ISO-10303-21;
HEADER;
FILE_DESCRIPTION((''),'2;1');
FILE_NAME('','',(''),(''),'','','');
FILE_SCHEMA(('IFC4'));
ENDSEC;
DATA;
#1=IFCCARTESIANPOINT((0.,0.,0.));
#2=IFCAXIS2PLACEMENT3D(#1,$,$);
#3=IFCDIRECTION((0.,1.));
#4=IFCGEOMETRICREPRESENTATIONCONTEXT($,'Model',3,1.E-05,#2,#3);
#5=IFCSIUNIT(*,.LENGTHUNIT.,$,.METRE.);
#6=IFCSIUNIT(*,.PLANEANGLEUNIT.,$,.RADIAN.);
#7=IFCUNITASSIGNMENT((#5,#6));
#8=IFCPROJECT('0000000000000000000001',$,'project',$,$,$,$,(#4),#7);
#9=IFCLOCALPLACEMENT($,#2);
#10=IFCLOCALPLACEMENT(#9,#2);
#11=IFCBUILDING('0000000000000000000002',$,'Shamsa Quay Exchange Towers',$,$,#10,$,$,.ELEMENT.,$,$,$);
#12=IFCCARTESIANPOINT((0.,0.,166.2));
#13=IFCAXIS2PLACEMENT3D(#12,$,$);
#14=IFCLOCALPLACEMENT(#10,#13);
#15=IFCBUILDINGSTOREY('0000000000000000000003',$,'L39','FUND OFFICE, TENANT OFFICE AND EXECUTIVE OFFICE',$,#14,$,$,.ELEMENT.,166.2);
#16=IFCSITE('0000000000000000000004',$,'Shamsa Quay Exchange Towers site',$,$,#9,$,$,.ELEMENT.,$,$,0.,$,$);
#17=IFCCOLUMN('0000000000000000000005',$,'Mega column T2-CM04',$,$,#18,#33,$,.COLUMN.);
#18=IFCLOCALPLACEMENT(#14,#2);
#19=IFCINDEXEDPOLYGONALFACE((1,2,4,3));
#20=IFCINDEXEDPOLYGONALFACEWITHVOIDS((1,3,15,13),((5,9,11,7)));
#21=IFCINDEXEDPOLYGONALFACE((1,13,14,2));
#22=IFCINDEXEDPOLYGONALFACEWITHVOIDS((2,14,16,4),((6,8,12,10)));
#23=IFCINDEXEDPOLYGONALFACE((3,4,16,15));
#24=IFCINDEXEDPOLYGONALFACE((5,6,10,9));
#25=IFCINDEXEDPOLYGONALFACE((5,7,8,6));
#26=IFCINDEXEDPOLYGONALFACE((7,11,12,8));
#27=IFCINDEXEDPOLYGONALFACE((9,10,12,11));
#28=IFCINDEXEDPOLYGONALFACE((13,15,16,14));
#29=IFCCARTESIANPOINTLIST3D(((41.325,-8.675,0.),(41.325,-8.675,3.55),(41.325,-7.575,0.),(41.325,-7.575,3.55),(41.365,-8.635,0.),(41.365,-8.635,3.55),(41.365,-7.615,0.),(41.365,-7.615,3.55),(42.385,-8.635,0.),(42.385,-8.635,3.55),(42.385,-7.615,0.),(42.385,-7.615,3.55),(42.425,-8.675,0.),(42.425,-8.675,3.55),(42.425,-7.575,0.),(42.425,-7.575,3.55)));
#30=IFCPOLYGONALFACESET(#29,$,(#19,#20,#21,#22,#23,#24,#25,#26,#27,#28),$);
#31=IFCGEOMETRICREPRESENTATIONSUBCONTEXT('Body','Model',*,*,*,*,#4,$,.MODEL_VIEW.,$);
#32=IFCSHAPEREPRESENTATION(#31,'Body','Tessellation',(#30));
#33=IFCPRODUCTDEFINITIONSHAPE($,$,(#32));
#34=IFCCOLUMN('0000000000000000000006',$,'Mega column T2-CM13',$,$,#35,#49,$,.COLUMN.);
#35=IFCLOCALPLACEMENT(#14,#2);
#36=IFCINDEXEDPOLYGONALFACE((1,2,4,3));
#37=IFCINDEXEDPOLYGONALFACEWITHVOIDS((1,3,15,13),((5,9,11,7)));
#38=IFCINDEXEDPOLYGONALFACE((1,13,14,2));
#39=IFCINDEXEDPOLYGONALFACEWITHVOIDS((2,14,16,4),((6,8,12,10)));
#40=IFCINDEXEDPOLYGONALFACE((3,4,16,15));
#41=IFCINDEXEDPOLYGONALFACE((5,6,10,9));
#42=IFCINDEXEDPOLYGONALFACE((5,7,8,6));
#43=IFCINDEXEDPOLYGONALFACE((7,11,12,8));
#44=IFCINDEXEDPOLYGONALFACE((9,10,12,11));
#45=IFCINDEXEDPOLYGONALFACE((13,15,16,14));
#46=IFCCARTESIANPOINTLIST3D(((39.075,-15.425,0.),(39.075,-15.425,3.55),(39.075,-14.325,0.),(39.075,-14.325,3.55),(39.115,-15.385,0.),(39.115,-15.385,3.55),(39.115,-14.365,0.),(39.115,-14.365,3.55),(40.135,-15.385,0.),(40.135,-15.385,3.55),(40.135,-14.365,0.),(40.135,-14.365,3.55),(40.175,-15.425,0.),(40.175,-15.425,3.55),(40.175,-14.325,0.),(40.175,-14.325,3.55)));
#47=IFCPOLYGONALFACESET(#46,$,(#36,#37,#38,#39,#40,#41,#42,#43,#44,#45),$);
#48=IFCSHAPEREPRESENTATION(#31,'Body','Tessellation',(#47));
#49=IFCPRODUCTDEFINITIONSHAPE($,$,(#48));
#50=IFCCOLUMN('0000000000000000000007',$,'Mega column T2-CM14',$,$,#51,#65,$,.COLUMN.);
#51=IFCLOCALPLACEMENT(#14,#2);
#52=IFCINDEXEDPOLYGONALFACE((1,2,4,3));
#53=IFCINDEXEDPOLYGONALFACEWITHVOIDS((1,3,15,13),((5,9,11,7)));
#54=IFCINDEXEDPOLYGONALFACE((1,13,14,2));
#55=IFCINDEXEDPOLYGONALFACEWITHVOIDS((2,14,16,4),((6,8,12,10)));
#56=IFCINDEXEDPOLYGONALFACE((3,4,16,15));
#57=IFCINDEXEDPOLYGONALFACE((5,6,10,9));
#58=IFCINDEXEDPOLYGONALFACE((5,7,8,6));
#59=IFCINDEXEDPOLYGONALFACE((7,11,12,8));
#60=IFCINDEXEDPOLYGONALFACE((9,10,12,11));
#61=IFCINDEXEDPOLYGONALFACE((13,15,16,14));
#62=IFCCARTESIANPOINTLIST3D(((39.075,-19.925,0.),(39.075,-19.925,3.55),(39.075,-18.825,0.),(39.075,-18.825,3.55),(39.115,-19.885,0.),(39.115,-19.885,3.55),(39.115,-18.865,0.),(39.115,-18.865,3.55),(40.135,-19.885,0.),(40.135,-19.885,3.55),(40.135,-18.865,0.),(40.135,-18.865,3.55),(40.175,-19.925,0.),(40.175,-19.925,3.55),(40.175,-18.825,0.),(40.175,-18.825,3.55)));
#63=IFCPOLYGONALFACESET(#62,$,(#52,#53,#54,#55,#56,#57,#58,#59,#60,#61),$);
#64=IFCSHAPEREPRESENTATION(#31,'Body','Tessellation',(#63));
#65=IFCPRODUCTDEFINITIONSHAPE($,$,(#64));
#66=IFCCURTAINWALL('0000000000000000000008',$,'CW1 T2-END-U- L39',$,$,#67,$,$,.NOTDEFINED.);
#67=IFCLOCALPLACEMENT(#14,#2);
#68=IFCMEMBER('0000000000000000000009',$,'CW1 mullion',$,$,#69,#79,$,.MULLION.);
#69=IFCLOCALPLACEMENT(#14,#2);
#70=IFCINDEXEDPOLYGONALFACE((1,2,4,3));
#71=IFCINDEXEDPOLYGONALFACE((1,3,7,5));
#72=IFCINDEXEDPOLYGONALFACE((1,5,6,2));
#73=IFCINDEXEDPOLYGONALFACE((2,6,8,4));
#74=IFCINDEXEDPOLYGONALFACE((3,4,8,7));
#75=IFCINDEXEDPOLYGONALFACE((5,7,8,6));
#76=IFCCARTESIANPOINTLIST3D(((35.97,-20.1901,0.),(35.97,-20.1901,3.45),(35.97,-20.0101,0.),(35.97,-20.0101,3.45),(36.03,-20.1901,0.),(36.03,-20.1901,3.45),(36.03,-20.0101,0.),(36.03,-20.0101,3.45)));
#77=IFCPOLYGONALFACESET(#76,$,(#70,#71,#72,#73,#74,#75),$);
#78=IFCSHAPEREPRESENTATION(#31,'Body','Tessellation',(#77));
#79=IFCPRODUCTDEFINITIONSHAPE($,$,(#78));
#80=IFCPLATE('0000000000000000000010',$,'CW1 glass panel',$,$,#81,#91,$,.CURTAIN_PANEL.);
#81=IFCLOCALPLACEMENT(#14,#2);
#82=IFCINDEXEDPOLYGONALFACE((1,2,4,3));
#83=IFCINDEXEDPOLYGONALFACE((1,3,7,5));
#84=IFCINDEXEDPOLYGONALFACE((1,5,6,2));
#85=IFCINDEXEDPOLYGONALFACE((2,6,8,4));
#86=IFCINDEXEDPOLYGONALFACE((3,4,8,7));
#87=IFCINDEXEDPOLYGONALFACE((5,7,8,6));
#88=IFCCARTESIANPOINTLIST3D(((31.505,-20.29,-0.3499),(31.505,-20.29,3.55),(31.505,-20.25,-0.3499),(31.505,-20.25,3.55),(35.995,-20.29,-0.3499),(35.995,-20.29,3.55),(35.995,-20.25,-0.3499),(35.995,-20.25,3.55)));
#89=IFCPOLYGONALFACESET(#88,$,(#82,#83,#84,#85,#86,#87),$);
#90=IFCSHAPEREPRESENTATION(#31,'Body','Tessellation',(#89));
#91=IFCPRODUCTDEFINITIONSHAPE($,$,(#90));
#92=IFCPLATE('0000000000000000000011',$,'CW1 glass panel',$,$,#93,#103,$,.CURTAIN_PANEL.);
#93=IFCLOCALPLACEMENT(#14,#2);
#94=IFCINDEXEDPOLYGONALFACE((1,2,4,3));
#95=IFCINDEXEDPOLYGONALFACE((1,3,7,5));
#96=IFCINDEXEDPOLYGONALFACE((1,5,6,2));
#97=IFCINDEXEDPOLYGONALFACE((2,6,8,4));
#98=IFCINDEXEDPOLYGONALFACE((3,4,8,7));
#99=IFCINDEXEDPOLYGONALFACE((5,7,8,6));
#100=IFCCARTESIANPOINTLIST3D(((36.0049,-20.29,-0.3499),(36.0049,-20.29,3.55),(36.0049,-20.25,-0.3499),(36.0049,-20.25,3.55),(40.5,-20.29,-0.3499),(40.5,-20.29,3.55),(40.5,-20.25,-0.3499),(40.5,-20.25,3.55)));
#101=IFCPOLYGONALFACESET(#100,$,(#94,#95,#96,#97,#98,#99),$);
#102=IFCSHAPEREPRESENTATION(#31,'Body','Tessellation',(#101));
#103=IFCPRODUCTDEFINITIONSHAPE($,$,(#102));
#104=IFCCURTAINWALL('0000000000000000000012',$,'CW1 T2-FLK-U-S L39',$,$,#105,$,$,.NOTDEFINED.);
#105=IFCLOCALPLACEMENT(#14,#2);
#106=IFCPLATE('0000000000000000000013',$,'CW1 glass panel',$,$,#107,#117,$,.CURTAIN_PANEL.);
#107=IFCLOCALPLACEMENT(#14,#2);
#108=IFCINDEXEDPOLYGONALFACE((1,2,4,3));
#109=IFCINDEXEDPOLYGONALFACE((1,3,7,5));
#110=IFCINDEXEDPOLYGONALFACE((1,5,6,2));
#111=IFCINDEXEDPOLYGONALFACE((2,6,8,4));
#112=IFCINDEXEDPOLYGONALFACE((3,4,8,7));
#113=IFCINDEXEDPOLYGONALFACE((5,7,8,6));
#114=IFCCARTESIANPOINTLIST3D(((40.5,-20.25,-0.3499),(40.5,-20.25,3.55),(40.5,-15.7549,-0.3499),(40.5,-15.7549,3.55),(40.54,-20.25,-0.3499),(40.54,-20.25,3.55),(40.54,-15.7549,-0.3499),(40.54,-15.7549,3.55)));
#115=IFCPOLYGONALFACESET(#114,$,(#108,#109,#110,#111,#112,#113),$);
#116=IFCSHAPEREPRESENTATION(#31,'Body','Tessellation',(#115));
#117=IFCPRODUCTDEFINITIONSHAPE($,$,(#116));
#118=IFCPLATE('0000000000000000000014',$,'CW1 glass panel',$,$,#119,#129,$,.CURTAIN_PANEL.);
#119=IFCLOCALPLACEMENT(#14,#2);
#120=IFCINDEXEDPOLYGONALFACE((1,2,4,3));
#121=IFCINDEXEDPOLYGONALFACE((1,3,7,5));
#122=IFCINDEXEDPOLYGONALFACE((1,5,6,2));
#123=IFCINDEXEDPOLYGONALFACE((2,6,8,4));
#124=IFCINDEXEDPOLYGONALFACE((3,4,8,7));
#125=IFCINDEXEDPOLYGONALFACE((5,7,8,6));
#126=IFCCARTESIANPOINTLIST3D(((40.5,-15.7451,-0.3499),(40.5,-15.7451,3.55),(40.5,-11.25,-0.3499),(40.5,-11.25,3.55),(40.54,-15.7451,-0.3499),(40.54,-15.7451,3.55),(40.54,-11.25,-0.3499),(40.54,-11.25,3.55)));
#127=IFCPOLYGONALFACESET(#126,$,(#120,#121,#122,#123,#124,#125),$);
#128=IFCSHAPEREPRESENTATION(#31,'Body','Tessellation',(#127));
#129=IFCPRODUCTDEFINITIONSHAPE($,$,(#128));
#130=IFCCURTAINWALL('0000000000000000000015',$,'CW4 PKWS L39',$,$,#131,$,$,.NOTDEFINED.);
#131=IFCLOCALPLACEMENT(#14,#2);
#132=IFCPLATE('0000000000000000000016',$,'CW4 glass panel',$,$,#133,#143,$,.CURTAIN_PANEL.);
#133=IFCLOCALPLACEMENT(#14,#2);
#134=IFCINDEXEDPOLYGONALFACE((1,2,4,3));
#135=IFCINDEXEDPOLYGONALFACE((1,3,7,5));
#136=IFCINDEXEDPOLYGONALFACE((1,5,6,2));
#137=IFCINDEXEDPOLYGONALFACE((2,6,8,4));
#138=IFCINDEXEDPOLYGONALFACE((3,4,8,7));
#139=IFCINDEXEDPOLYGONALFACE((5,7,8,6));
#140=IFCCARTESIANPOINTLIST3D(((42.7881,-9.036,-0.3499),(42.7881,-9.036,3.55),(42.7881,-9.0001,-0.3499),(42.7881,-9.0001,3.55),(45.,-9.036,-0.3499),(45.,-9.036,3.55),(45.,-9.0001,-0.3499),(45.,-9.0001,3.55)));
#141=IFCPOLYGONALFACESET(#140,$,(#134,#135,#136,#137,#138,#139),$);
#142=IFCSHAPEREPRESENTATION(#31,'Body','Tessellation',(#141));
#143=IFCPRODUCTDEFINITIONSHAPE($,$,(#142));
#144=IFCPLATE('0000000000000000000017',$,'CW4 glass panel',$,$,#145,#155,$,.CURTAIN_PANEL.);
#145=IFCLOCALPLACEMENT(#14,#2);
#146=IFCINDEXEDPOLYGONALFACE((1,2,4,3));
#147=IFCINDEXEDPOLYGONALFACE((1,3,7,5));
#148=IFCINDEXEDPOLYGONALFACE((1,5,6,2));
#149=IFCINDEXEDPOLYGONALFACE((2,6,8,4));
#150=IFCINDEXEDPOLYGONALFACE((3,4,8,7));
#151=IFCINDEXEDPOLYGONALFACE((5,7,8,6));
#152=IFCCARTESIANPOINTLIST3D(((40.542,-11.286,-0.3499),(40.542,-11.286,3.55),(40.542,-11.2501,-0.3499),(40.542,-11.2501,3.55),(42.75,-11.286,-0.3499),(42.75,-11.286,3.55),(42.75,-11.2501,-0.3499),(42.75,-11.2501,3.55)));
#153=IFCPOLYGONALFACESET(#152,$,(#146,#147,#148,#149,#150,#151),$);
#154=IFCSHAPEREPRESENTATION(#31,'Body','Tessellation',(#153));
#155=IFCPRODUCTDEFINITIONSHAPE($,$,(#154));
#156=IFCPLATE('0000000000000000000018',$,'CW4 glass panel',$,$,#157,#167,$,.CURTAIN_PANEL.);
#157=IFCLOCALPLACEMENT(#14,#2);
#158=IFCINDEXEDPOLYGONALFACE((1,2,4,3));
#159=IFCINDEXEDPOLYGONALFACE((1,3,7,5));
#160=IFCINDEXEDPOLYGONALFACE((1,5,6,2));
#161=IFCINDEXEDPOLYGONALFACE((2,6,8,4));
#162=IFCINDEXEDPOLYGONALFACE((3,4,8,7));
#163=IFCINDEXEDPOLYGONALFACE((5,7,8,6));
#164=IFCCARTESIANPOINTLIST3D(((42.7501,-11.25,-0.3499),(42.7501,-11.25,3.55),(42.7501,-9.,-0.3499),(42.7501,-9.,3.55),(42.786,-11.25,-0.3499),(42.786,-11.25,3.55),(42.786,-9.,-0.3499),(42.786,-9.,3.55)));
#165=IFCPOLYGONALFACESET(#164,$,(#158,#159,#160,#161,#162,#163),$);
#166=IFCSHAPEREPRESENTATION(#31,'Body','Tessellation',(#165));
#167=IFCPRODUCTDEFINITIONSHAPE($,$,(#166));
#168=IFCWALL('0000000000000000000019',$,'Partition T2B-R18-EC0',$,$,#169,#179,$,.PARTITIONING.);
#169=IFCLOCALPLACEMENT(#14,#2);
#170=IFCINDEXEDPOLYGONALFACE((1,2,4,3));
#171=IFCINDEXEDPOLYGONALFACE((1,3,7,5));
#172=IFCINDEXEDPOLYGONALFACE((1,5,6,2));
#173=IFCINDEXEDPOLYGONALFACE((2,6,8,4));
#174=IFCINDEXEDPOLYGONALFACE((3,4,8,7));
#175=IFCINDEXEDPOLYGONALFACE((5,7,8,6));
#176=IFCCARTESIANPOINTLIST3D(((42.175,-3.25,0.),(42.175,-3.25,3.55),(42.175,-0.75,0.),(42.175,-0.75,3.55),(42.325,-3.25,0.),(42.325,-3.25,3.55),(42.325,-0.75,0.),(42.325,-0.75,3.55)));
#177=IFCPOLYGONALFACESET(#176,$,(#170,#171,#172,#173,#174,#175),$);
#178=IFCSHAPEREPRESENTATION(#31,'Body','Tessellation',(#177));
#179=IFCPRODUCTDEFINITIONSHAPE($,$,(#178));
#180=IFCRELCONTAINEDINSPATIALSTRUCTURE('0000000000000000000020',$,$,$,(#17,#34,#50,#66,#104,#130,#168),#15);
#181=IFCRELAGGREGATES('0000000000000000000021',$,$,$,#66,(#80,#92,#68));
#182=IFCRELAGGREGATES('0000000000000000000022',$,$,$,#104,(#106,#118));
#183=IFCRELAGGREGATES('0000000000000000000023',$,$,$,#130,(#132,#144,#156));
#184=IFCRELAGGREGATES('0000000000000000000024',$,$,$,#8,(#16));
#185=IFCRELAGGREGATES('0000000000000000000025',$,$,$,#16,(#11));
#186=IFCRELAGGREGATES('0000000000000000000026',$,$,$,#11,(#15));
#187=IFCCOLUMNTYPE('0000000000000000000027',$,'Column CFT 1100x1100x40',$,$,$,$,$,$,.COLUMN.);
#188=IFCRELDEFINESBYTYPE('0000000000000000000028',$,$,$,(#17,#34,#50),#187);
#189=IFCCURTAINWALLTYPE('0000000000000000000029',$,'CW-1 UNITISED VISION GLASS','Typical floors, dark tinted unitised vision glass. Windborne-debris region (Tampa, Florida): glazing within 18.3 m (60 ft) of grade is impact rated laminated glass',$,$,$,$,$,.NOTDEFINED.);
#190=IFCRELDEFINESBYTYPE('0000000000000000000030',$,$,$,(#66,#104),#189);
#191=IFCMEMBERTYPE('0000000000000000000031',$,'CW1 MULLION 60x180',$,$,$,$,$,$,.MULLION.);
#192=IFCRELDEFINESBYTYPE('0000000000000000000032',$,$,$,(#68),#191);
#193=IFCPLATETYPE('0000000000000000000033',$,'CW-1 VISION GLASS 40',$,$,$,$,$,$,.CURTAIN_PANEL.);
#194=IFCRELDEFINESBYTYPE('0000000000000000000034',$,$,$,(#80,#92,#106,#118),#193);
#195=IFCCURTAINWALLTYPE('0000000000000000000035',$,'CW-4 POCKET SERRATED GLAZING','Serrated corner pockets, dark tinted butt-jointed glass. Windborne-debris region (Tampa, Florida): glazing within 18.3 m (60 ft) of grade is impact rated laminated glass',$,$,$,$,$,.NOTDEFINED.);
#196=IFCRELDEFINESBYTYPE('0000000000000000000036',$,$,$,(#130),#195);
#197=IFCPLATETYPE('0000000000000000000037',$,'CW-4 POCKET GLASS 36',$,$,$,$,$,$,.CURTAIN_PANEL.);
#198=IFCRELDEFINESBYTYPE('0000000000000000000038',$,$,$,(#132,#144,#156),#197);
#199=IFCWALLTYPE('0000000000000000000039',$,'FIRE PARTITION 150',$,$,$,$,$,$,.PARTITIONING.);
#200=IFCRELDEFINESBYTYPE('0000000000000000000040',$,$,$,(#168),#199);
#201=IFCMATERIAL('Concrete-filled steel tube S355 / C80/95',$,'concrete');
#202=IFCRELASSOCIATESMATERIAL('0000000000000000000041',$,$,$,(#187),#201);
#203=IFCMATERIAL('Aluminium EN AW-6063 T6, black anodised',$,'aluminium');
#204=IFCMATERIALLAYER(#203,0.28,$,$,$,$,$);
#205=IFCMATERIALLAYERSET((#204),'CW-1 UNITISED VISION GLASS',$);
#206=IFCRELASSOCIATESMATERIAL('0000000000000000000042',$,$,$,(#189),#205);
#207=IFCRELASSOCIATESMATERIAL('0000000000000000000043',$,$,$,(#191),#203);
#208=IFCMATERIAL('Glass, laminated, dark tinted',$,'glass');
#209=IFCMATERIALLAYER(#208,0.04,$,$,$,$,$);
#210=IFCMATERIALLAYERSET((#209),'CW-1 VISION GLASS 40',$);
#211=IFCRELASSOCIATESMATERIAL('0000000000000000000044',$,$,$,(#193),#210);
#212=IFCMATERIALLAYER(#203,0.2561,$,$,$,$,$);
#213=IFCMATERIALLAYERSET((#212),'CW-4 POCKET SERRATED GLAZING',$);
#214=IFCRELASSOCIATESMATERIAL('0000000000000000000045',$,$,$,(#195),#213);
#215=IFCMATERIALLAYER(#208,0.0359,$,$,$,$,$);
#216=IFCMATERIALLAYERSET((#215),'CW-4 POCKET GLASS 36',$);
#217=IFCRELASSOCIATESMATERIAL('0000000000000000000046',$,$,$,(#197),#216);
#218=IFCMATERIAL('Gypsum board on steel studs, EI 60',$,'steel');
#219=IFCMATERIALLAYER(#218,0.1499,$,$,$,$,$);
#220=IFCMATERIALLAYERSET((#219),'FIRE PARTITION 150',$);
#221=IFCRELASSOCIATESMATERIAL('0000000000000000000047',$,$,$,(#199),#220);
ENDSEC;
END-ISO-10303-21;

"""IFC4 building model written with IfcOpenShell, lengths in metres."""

from ifc_helpers import new_model, si_unit, direction, frame, frame_2d, origin, origin_2d, place, context, subcontext, project, spatial, rectangle, hollow_rectangle, extrude, material, layer, layer_set, material_profile, profile_set, type_object, element, aggregate, save


model = new_model("IFC4")

# Units and contexts
model_context = context("Model", 3, precision=1e-05, world=origin(), true_north=direction((0.0, 1.0)))
body_context = subcontext(model_context, "Body", "Model", "MODEL_VIEW")
ifc_project = project(units=[si_unit("LENGTHUNIT", "METRE"), si_unit("PLANEANGLEUNIT", "RADIAN")], contexts=[model_context])

# Site, building, storey
site_placement = place(None, origin())
site = spatial("IfcSite", under=ifc_project, at=site_placement, Name="Shamsa Quay Exchange Towers site", CompositionType="ELEMENT", RefElevation=0.0)
building_placement = place(site_placement, origin())
building = spatial("IfcBuilding", under=site, at=building_placement, Name="Shamsa Quay Exchange Towers", CompositionType="ELEMENT")
storey_placement = place(building_placement, frame((0.0, 0.0, 166.2)))
storey = spatial("IfcBuildingStorey", under=building, at=storey_placement, Name="L39", Description="FUND OFFICE, TENANT OFFICE AND EXECUTIVE OFFICE", CompositionType="ELEMENT", Elevation=166.2)

# Columns
ifc_material_1 = material(Name="Concrete-filled steel tube S355 / C80/95", Category="concrete")
ifc_material_profile_1 = material_profile(ifc_material_1, hollow_rectangle(XDim=1.1001, YDim=1.1001, WallThickness=0.04, at=origin_2d()), Name="CFT 1100x1100x40")
ifc_profile_set_1 = profile_set([ifc_material_profile_1], Name="Concrete-filled steel tube S355 / C80/95")
column_type = type_object("IfcColumnType", Name="Column CFT 1100x1100x40", PredefinedType="COLUMN", material=ifc_profile_set_1)
for number, where, name in (
    (1, (41.875, -8.125, 0.0), "Mega column T2-CM04"),
    (2, (39.625, -14.875, 0.0), "Mega column T2-CM13"),
    (3, (39.625, -19.375, 0.0), "Mega column T2-CM14"),
):
    element("IfcColumn", number, at=place(storey_placement, frame(where)), inside=storey, type_object=column_type, Name=name, PredefinedType="COLUMN", context=body_context, shape_type="SweptSolid", body=[
        extrude(hollow_rectangle(XDim=1.1001, YDim=1.1001, WallThickness=0.04, at=origin_2d()), origin(), (0.0, 0.0, 1.0), 3.55),
    ])

# Curtain wall, member, plates
ifc_material_2 = material(Name="Aluminium EN AW-6063 T6, black anodised", Category="aluminium")
ifc_layer_1 = layer(ifc_material_2, 0.28)
ifc_layer_set_1 = layer_set([ifc_layer_1], Name="CW-1 UNITISED VISION GLASS")
curtain_wall_type_1 = type_object("IfcCurtainWallType", Name="CW-1 UNITISED VISION GLASS", Description="Typical floors, dark tinted unitised vision glass. Windborne-debris region (Tampa, Florida): glazing within 18.3 m (60 ft) of grade is impact rated laminated glass", PredefinedType="NOTDEFINED", material=ifc_layer_set_1)
curtain_wall_1_placement = place(storey_placement, origin())
curtain_wall_1 = element("IfcCurtainWall", 4, at=curtain_wall_1_placement, inside=storey, type_object=curtain_wall_type_1, Name="CW1 T2-END-U- L39", PredefinedType="NOTDEFINED")
ifc_material_profile_2 = material_profile(ifc_material_2, rectangle(XDim=0.1799, YDim=0.0601, at=origin_2d()), Name="MU60x180")
ifc_profile_set_2 = profile_set([ifc_material_profile_2], Name="Aluminium EN AW-6063 T6, black anodised")
member_type = type_object("IfcMemberType", Name="CW1 MULLION 60x180", PredefinedType="MULLION", material=ifc_profile_set_2)
member_placement = place(storey_placement, frame((36.0, -20.1001, 0.0), z_axis=(0.0, 0.0, 1.0), x_axis=(0.0, 1.0, 0.0)))
member = element("IfcMember", 5, at=member_placement, type_object=member_type, Name="CW1 mullion", PredefinedType="MULLION", context=body_context, shape_type="SweptSolid", body=[
    extrude(rectangle(XDim=0.1799, YDim=0.0601, at=origin_2d()), origin(), (0.0, 0.0, 1.0), 3.45),
])
ifc_material_3 = material(Name="Glass, laminated, dark tinted", Category="glass")
ifc_layer_2 = layer(ifc_material_3, 0.04)
ifc_layer_set_2 = layer_set([ifc_layer_2], Name="CW-1 VISION GLASS 40")
plate_type_1 = type_object("IfcPlateType", Name="CW-1 VISION GLASS 40", PredefinedType="CURTAIN_PANEL", material=ifc_layer_set_2)
plate_1_placement = place(storey_placement, frame((33.75, -20.27, -0.3499)))
plate_1 = element("IfcPlate", 6, at=plate_1_placement, type_object=plate_type_1, Name="CW1 glass panel", PredefinedType="CURTAIN_PANEL", context=body_context, shape_type="SweptSolid", body=[
    extrude(rectangle(XDim=4.49, YDim=0.04, at=origin_2d()), origin(), (0.0, 0.0, 1.0), 3.8999),
])
plate_2_placement = place(storey_placement, frame((38.2524, -20.27, -0.3499)))
plate_2 = element("IfcPlate", 7, at=plate_2_placement, type_object=plate_type_1, Name="CW1 glass panel", PredefinedType="CURTAIN_PANEL", context=body_context, shape_type="SweptSolid", body=[
    extrude(rectangle(XDim=4.4951, YDim=0.04, at=origin_2d()), origin(), (0.0, 0.0, 1.0), 3.8999),
])
aggregate(curtain_wall_1, [plate_1, plate_2, member])

# Curtain walls, plates
curtain_wall_2_placement = place(storey_placement, origin())
curtain_wall_2 = element("IfcCurtainWall", 8, at=curtain_wall_2_placement, inside=storey, type_object=curtain_wall_type_1, Name="CW1 T2-FLK-U-S L39", PredefinedType="NOTDEFINED")
plate_3_placement = place(storey_placement, frame((40.52, -18.0024, -0.3499), z_axis=(0.0, 0.0, 1.0), x_axis=(0.0, 1.0, 0.0)))
plate_3 = element("IfcPlate", 9, at=plate_3_placement, type_object=plate_type_1, Name="CW1 glass panel", PredefinedType="CURTAIN_PANEL", context=body_context, shape_type="SweptSolid", body=[
    extrude(rectangle(XDim=4.4951, YDim=0.04, at=origin_2d()), origin(), (0.0, 0.0, 1.0), 3.8999),
])
plate_4_placement = place(storey_placement, frame((40.52, -13.4976, -0.3499), z_axis=(0.0, 0.0, 1.0), x_axis=(0.0, 1.0, 0.0)))
plate_4 = element("IfcPlate", 10, at=plate_4_placement, type_object=plate_type_1, Name="CW1 glass panel", PredefinedType="CURTAIN_PANEL", context=body_context, shape_type="SweptSolid", body=[
    extrude(rectangle(XDim=4.4951, YDim=0.04, at=origin_2d()), origin(), (0.0, 0.0, 1.0), 3.8999),
])
aggregate(curtain_wall_2, [plate_3, plate_4])
ifc_layer_3 = layer(ifc_material_2, 0.2561)
ifc_layer_set_3 = layer_set([ifc_layer_3], Name="CW-4 POCKET SERRATED GLAZING")
curtain_wall_type_2 = type_object("IfcCurtainWallType", Name="CW-4 POCKET SERRATED GLAZING", Description="Serrated corner pockets, dark tinted butt-jointed glass. Windborne-debris region (Tampa, Florida): glazing within 18.3 m (60 ft) of grade is impact rated laminated glass", PredefinedType="NOTDEFINED", material=ifc_layer_set_3)
curtain_wall_3_placement = place(storey_placement, origin())
curtain_wall_3 = element("IfcCurtainWall", 11, at=curtain_wall_3_placement, inside=storey, type_object=curtain_wall_type_2, Name="CW4 PKWS L39", PredefinedType="NOTDEFINED")
ifc_layer_4 = layer(ifc_material_3, 0.0359)
ifc_layer_set_4 = layer_set([ifc_layer_4], Name="CW-4 POCKET GLASS 36")
plate_type_2 = type_object("IfcPlateType", Name="CW-4 POCKET GLASS 36", PredefinedType="CURTAIN_PANEL", material=ifc_layer_set_4)
plate_5_placement = place(storey_placement, frame((43.894, -9.0181, -0.3499)))
plate_5 = element("IfcPlate", 12, at=plate_5_placement, type_object=plate_type_2, Name="CW4 glass panel", PredefinedType="CURTAIN_PANEL", context=body_context, shape_type="SweptSolid", body=[
    extrude(rectangle(XDim=2.2119, YDim=0.0359, at=origin_2d()), origin(), (0.0, 0.0, 1.0), 3.8999),
])
plate_6_placement = place(storey_placement, frame((41.646, -11.2681, -0.3499)))
plate_6 = element("IfcPlate", 13, at=plate_6_placement, type_object=plate_type_2, Name="CW4 glass panel", PredefinedType="CURTAIN_PANEL", context=body_context, shape_type="SweptSolid", body=[
    extrude(rectangle(XDim=2.208, YDim=0.0359, at=origin_2d()), origin(), (0.0, 0.0, 1.0), 3.8999),
])
plate_7_placement = place(storey_placement, frame((42.7681, -10.125, -0.3499), z_axis=(0.0, 0.0, 1.0), x_axis=(0.0, 1.0, 0.0)))
plate_7 = element("IfcPlate", 14, at=plate_7_placement, type_object=plate_type_2, Name="CW4 glass panel", PredefinedType="CURTAIN_PANEL", context=body_context, shape_type="SweptSolid", body=[
    extrude(rectangle(XDim=2.25, YDim=0.0359, at=origin_2d()), origin(), (0.0, 0.0, 1.0), 3.8999),
])
aggregate(curtain_wall_3, [plate_5, plate_6, plate_7])

# Wall
ifc_material_4 = material(Name="Gypsum board on steel studs, EI 60", Category="steel")
ifc_layer_5 = layer(ifc_material_4, 0.1499)
ifc_layer_set_5 = layer_set([ifc_layer_5], Name="FIRE PARTITION 150")
wall_type_1 = type_object("IfcWallType", Name="FIRE PARTITION 150", PredefinedType="PARTITIONING", material=ifc_layer_set_5)
wall_1_placement = place(storey_placement, frame((42.25, -3.25, 0.0), z_axis=(0.0, 0.0, 1.0), x_axis=(0.0, 1.0, 0.0)))
element("IfcWall", 15, at=wall_1_placement, inside=storey, type_object=wall_type_1, Name="Partition T2B-R18-EC0", PredefinedType="PARTITIONING", context=body_context, shape_type="SweptSolid", body=[
    extrude(rectangle(XDim=2.5, YDim=0.1499, at=frame_2d((1.25, 0.0))), origin(), (0.0, 0.0, 1.0), 3.55),
])

save(model, "model.ifc")
